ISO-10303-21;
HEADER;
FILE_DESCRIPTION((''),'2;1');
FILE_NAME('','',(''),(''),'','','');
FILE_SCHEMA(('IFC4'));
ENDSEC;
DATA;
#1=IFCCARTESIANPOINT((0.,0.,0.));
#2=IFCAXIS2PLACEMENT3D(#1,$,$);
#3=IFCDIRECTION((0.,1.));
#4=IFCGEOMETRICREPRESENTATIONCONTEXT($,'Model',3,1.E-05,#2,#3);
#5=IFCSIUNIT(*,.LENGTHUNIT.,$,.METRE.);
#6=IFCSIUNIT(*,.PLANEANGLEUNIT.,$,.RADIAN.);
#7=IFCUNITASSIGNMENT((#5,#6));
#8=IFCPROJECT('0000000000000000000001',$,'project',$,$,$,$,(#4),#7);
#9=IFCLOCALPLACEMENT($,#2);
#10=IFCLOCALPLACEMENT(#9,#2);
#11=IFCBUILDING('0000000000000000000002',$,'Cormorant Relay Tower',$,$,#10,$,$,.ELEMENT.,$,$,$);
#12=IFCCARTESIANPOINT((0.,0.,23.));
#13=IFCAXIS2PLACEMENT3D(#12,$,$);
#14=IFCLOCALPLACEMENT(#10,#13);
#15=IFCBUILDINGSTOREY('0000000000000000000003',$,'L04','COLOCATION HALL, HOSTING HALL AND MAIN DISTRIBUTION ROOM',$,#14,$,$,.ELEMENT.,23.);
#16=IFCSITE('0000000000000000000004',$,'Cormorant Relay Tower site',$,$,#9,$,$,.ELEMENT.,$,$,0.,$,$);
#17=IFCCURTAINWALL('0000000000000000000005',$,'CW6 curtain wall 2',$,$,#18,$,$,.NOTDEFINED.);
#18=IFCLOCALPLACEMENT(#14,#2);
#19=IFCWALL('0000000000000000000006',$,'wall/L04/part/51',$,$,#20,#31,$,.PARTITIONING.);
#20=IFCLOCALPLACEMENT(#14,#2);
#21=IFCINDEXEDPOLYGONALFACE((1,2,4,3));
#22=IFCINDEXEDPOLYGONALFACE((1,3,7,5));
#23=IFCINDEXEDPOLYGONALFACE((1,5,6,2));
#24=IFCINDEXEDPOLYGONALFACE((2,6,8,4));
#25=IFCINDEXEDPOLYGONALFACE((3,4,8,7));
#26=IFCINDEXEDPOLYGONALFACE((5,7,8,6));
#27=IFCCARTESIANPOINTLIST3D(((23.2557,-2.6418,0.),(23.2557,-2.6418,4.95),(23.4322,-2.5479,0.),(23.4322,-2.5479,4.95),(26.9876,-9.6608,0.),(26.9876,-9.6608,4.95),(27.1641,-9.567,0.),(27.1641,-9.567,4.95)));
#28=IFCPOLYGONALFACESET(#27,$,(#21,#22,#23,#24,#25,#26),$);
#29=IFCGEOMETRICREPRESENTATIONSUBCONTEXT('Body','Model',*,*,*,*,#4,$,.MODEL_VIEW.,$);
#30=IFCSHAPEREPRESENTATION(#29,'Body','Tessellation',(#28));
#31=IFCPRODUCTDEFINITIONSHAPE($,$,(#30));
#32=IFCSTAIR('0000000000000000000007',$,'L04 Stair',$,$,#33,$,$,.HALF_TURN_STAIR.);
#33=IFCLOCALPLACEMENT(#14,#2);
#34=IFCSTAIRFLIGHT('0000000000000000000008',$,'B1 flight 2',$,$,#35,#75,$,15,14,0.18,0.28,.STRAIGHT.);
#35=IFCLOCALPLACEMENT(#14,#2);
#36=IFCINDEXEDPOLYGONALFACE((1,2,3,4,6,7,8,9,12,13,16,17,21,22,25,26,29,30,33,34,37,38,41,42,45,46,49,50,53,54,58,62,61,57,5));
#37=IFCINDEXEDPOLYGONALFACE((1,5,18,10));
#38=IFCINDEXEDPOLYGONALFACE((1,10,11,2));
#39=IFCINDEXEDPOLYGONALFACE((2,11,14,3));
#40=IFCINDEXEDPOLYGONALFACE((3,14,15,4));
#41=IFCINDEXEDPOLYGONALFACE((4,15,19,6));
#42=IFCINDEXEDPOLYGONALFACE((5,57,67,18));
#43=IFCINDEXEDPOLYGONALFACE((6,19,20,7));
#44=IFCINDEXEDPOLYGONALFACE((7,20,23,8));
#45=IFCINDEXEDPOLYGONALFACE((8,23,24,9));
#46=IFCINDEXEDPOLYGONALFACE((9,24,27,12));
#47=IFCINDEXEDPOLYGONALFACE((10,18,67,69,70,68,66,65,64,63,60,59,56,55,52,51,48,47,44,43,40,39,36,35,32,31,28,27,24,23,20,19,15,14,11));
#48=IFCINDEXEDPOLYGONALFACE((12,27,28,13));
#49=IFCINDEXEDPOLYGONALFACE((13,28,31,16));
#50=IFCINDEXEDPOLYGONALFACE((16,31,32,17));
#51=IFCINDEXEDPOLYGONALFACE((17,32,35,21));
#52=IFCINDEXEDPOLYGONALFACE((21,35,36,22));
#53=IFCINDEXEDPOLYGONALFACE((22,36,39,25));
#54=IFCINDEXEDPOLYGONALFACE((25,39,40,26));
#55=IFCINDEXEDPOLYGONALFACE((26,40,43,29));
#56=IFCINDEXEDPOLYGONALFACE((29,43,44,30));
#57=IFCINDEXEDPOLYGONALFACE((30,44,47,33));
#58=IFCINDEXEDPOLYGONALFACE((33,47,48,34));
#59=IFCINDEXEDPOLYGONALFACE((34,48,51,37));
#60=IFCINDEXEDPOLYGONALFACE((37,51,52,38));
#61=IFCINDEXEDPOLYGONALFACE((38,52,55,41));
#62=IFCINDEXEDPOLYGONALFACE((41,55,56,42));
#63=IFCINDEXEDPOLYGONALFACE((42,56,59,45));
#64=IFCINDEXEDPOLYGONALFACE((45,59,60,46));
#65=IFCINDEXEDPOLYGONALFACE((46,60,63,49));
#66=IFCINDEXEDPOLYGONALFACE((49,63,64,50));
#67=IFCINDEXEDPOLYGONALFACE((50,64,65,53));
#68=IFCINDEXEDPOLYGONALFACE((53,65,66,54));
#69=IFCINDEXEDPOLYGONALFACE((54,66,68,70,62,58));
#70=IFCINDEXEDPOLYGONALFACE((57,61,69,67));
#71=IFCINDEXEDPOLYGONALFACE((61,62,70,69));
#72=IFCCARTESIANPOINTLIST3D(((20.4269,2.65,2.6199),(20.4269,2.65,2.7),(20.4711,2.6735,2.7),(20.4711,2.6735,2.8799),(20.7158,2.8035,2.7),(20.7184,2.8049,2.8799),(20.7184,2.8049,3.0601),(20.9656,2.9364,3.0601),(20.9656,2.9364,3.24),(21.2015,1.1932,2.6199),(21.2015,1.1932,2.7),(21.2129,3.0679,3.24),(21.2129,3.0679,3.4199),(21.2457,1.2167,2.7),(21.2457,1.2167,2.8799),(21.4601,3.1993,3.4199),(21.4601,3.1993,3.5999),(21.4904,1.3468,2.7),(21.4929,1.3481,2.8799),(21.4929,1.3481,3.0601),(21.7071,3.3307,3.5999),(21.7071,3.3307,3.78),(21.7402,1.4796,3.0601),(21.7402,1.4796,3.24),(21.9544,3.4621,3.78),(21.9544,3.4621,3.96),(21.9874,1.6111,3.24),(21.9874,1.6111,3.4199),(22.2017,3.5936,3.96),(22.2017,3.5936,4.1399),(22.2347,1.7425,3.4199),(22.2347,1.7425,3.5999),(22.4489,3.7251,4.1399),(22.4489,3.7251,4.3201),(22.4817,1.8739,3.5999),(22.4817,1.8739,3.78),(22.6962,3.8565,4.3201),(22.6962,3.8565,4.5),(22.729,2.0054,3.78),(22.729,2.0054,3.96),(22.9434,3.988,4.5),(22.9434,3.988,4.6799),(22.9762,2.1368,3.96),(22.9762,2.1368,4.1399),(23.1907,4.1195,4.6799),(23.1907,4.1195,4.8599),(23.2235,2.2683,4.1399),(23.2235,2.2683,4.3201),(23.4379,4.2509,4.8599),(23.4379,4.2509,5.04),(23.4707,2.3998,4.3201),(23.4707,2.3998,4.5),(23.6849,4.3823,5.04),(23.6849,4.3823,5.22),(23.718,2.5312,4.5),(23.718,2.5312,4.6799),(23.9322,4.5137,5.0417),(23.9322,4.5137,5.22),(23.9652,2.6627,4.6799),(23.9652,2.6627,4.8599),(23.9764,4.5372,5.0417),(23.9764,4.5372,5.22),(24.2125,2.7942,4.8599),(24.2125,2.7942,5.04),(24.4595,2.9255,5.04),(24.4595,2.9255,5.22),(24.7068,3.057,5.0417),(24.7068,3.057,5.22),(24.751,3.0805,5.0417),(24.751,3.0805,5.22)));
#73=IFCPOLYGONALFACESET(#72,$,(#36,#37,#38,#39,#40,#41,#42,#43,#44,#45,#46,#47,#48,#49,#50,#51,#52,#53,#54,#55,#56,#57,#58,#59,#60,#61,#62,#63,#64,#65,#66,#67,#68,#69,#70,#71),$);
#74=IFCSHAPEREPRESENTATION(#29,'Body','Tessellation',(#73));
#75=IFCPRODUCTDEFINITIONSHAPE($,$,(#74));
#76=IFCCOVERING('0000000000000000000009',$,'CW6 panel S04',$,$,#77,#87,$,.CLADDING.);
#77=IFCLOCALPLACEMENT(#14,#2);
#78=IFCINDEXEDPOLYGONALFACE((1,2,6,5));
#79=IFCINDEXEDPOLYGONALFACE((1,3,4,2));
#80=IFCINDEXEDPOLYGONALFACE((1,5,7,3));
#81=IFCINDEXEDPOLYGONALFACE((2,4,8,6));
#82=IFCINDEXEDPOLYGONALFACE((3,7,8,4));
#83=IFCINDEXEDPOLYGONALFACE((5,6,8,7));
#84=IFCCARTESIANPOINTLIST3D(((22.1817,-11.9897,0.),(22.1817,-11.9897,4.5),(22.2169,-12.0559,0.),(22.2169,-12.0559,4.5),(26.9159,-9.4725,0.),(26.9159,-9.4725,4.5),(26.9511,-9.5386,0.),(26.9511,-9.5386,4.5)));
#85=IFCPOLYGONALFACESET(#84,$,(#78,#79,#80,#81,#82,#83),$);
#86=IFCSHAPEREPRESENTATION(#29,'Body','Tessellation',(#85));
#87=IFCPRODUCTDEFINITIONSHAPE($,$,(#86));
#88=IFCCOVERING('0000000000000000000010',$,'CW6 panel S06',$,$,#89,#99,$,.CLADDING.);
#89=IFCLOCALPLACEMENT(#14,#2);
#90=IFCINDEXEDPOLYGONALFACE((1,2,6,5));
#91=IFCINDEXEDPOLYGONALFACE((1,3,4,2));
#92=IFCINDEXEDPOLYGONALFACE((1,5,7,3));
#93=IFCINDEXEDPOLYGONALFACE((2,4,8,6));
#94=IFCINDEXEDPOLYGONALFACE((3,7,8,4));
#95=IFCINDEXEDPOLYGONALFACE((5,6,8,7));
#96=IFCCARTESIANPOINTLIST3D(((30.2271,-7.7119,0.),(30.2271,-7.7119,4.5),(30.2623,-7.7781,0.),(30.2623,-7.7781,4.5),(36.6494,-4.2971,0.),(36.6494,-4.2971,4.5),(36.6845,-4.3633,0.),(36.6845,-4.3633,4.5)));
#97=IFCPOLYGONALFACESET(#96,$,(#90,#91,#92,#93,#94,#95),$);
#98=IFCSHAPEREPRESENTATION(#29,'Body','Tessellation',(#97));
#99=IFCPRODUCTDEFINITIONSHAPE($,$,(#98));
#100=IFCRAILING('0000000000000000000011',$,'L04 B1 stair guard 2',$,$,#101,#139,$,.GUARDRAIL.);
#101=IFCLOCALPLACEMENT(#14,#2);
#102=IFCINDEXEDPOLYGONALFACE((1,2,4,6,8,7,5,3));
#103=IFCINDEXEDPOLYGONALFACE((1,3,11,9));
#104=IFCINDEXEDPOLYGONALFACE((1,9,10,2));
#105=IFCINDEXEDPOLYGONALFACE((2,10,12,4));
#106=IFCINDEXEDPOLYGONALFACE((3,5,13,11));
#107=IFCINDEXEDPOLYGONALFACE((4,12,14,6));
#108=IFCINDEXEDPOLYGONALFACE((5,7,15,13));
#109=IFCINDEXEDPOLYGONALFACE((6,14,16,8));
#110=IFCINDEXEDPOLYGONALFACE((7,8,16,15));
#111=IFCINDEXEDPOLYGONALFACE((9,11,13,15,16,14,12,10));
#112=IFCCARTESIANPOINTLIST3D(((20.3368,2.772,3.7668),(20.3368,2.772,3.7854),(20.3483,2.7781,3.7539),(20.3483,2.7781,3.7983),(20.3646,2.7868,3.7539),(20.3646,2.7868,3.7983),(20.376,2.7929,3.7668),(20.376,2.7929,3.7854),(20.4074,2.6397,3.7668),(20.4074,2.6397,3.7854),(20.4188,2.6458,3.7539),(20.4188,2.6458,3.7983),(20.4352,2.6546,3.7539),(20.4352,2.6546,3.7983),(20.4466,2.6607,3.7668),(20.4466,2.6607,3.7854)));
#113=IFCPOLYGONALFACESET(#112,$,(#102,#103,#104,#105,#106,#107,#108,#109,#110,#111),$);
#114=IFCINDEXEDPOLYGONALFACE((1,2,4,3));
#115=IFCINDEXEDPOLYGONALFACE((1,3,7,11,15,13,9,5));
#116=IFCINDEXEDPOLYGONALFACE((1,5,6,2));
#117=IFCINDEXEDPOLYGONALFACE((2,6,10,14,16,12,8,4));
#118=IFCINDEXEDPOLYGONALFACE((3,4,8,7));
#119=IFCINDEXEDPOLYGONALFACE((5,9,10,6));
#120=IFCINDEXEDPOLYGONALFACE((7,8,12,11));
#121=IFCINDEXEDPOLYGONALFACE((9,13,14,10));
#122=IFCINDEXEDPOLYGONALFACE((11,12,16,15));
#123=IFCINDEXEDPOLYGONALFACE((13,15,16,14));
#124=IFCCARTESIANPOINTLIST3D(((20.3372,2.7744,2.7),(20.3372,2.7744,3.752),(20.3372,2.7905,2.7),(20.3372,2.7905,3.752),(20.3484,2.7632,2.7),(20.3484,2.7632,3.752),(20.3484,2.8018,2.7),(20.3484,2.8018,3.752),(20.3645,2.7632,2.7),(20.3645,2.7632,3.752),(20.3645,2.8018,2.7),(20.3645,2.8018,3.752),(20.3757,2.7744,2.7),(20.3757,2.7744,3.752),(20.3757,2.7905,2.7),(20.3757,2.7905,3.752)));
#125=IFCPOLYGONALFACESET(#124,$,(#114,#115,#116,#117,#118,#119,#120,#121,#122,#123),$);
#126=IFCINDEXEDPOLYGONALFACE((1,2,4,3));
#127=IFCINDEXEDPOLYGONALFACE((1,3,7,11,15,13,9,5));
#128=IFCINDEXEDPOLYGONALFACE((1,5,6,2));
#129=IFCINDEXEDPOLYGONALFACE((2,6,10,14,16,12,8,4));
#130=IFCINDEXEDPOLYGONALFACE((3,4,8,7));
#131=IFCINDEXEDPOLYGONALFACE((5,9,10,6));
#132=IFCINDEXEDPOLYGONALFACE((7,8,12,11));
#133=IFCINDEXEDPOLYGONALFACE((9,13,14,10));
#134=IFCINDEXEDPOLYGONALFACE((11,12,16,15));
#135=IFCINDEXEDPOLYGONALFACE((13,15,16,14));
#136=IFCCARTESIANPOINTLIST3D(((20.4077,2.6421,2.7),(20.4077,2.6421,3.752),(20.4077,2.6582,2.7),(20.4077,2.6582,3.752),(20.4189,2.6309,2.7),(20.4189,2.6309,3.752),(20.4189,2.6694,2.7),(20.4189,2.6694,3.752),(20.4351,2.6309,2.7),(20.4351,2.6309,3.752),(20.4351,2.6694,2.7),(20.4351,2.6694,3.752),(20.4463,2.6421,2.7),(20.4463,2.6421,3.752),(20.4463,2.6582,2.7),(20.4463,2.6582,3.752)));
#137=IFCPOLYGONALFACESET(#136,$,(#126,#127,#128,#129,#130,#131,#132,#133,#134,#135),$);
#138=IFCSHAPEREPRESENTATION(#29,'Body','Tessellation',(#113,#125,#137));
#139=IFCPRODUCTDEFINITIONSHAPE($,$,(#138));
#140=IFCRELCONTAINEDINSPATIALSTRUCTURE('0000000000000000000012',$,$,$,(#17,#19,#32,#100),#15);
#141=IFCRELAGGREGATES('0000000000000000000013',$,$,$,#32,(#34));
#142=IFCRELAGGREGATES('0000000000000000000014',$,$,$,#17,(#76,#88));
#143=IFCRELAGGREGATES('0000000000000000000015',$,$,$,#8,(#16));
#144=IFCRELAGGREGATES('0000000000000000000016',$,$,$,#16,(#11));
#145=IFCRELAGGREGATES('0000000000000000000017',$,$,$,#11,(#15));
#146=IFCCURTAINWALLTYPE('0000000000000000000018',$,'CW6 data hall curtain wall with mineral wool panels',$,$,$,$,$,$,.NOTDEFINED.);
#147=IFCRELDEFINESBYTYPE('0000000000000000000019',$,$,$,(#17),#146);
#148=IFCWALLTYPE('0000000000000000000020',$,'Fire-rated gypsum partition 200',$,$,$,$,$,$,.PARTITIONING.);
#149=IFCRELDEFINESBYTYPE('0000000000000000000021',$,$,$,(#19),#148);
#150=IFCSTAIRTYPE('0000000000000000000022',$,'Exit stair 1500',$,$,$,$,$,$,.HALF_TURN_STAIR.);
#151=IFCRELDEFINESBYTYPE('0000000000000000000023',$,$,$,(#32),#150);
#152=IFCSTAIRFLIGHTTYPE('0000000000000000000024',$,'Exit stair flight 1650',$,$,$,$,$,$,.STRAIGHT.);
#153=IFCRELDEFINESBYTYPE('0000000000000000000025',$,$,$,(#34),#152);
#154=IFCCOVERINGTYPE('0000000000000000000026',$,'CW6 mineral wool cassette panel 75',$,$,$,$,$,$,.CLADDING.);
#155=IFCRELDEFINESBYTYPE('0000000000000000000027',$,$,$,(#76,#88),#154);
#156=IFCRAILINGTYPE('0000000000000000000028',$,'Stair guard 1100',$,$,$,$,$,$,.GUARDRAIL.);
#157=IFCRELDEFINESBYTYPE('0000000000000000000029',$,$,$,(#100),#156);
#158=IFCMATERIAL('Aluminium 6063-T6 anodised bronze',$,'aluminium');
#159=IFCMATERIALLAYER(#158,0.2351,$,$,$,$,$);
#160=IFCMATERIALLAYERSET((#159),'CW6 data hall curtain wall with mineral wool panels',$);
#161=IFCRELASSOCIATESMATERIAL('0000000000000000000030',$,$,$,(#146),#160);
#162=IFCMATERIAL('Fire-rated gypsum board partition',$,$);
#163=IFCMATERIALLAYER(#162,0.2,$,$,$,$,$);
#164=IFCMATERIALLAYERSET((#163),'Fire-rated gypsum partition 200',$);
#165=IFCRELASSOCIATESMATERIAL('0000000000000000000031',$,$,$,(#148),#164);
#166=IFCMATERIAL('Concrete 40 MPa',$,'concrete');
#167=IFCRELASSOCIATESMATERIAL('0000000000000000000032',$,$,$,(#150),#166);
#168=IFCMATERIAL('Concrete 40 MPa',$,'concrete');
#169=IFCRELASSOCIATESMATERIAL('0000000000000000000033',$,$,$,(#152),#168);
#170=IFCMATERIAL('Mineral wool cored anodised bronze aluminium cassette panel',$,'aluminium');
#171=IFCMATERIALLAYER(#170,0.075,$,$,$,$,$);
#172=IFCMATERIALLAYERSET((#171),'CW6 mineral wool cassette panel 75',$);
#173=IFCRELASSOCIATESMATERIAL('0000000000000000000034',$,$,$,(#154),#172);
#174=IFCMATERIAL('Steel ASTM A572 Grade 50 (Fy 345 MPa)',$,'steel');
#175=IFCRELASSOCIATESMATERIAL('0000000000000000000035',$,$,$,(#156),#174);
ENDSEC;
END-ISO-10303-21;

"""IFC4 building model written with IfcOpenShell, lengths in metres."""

from ifc_helpers import new_model, si_unit, direction, frame, frame_2d, origin, origin_2d, place, context, subcontext, project, spatial, polyline, rectangle, outline, extrude, material, layer, layer_set, type_object, element, aggregate, save


model = new_model("IFC4")

# Units and contexts
model_context = context("Model", 3, precision=1e-05, world=origin(), true_north=direction((0.0, 1.0)))
body_context = subcontext(model_context, "Body", "Model", "MODEL_VIEW")
ifc_project = project(units=[si_unit("LENGTHUNIT", "METRE"), si_unit("PLANEANGLEUNIT", "RADIAN")], contexts=[model_context])

# Site, building, storey
site_placement = place(None, origin())
site = spatial("IfcSite", under=ifc_project, at=site_placement, Name="Cormorant Relay Tower site", CompositionType="ELEMENT", RefElevation=0.0)
building_placement = place(site_placement, origin())
building = spatial("IfcBuilding", under=site, at=building_placement, Name="Cormorant Relay Tower", CompositionType="ELEMENT")
storey_placement = place(building_placement, frame((0.0, 0.0, 23.0)))
storey = spatial("IfcBuildingStorey", under=building, at=storey_placement, Name="L04", Description="COLOCATION HALL, HOSTING HALL AND MAIN DISTRIBUTION ROOM", CompositionType="ELEMENT", Elevation=23.0)

# Curtain wall
ifc_material_1 = material(Name="Aluminium 6063-T6 anodised bronze", Category="aluminium")
ifc_layer_1 = layer(ifc_material_1, 0.2351)
ifc_layer_set_1 = layer_set([ifc_layer_1], Name="CW6 data hall curtain wall with mineral wool panels")
curtain_wall_type = type_object("IfcCurtainWallType", Name="CW6 data hall curtain wall with mineral wool panels", PredefinedType="NOTDEFINED", material=ifc_layer_set_1)
curtain_wall_placement = place(storey_placement, origin())
curtain_wall = element("IfcCurtainWall", 1, at=curtain_wall_placement, inside=storey, type_object=curtain_wall_type, Name="CW6 curtain wall 2", PredefinedType="NOTDEFINED")

# Wall
ifc_material_2 = material(Name="Fire-rated gypsum board partition")
ifc_layer_2 = layer(ifc_material_2, 0.2)
ifc_layer_set_2 = layer_set([ifc_layer_2], Name="Fire-rated gypsum partition 200")
wall_type_1 = type_object("IfcWallType", Name="Fire-rated gypsum partition 200", PredefinedType="PARTITIONING", material=ifc_layer_set_2)
wall_1_placement = place(storey_placement, frame((23.344, -2.595, 0.0), z_axis=(0.0, 0.0, 1.0), x_axis=(0.469456, -0.882956, 0.0)))
element("IfcWall", 2, at=wall_1_placement, inside=storey, type_object=wall_type_1, Name="wall/L04/part/51", PredefinedType="PARTITIONING", context=body_context, shape_type="SweptSolid", body=[
    extrude(rectangle(XDim=7.9495, YDim=0.2, at=frame_2d((3.9746, 0.0))), origin(), (0.0, 0.0, 1.0), 4.95),
])

# Stair, stair flight
ifc_material_3 = material(Name="Concrete 40 MPa", Category="concrete")
stair_type = type_object("IfcStairType", Name="Exit stair 1500", PredefinedType="HALF_TURN_STAIR", material=ifc_material_3)
stair_placement = place(storey_placement, origin())
stair = element("IfcStair", 3, at=stair_placement, inside=storey, type_object=stair_type, Name="L04 Stair", PredefinedType="HALF_TURN_STAIR")
ifc_material_4 = material(Name="Concrete 40 MPa", Category="concrete")
stair_flight_type = type_object("IfcStairFlightType", Name="Exit stair flight 1650", PredefinedType="STRAIGHT", material=ifc_material_4)
stair_flight_placement = place(storey_placement, frame((20.8584, 1.9451, 2.7), z_axis=(0.0, 0.0, 1.0), x_axis=(0.882948, 0.469472, 0.0)))
stair_flight = element("IfcStairFlight", 4, at=stair_flight_placement, type_object=stair_flight_type, Name="B1 flight 2", NumberOfRisers=15, NumberOfTreads=14, PredefinedType="STRAIGHT", RiserHeight=0.18, TreadLength=0.28, context=body_context, shape_type="SweptSolid", body=[
    extrude(outline(polyline([(-0.05, -0.0801), (-0.05, 0.0), (0.0, 0.0), (0.0, 0.1799), (0.28, 0.1799), (0.28, 0.3601), (0.5601, 0.3601), (0.5601, 0.54), (0.8401, 0.54), (0.8401, 0.72), (1.1201, 0.72), (1.1201, 0.8999), (1.3999, 0.8999), (1.3999, 1.0801), (1.6799, 1.0801), (1.6799, 1.26), (1.96, 1.26), (1.96, 1.4399), (2.24, 1.4399), (2.24, 1.6201), (2.52, 1.6201), (2.52, 1.8), (2.8, 1.8), (2.8, 1.98), (3.0801, 1.98), (3.0801, 2.1599), (3.3601, 2.1599), (3.3601, 2.3401), (3.6399, 2.3401), (3.6399, 2.52), (3.9199, 2.52), (3.97, 2.52), (3.97, 2.3418), (3.9199, 2.3418), (0.2771, 0.0), (-0.05, -0.0801)])), frame((0.0, 0.825, 0.0), z_axis=(0.0, -1.0, 0.0), x_axis=(1.0, 0.0, 0.0)), (0.0, 0.0, 1.0), 1.6499),
])
aggregate(stair, [stair_flight])

# Coverings
ifc_material_5 = material(Name="Mineral wool cored anodised bronze aluminium cassette panel", Category="aluminium")
ifc_layer_3 = layer(ifc_material_5, 0.075)
ifc_layer_set_3 = layer_set([ifc_layer_3], Name="CW6 mineral wool cassette panel 75")
covering_type = type_object("IfcCoveringType", Name="CW6 mineral wool cassette panel 75", PredefinedType="CLADDING", material=ifc_layer_set_3)
covering_1_placement = place(storey_placement, frame((24.5664, -10.7642, 0.0), z_axis=(0.0, 0.0, 1.0), x_axis=(0.882948, 0.469472, 0.0)))
covering_1 = element("IfcCovering", 5, at=covering_1_placement, type_object=covering_type, Name="CW6 panel S04", PredefinedType="CLADDING", context=body_context, shape_type="SweptSolid", body=[
    extrude(rectangle(XDim=5.3618, YDim=0.075, at=origin_2d()), origin(), (0.0, 0.0, 1.0), 4.5),
])
covering_2_placement = place(storey_placement, frame((33.4558, -6.0376, 0.0), z_axis=(0.0, 0.0, 1.0), x_axis=(0.882948, 0.469472, 0.0)))
covering_2 = element("IfcCovering", 6, at=covering_2_placement, type_object=covering_type, Name="CW6 panel S06", PredefinedType="CLADDING", context=body_context, shape_type="SweptSolid", body=[
    extrude(rectangle(XDim=7.2737, YDim=0.075, at=origin_2d()), origin(), (0.0, 0.0, 1.0), 4.5),
])
aggregate(curtain_wall, [covering_1, covering_2])

# Railing
ifc_material_6 = material(Name="Steel ASTM A572 Grade 50 (Fy 345 MPa)", Category="steel")
railing_type_1 = type_object("IfcRailingType", Name="Stair guard 1100", PredefinedType="GUARDRAIL", material=ifc_material_6)
railing_1_placement = place(storey_placement, frame((20.3564, 2.7825, 2.7)))
element("IfcRailing", 7, at=railing_1_placement, inside=storey, type_object=railing_type_1, Name="L04 B1 stair guard 2", PredefinedType="GUARDRAIL", context=body_context, shape_type="SweptSolid", body=[
    extrude(outline(polyline([(0.0222, 0.0093), (0.0093, 0.0222), (-0.0093, 0.0222), (-0.0222, 0.0093), (-0.0222, -0.0093), (-0.0093, -0.0222), (0.0093, -0.0222), (0.0222, -0.0093), (0.0222, 0.0093)])), frame((0.0, 0.0, 1.0762), z_axis=(0.470504, -0.882398, 0.0), x_axis=(0.882398, 0.470504, 0.0)), (0.0, 0.0, 1.0), 0.1499),
    extrude(outline(polyline([(0.0193, 0.0081), (0.0081, 0.0193), (-0.0081, 0.0193), (-0.0193, 0.0081), (-0.0193, -0.0081), (-0.0081, -0.0193), (0.0081, -0.0193), (0.0193, -0.0081), (0.0193, 0.0081)])), origin(), (0.0, 0.0, 1.0), 1.052),
    extrude(outline(polyline([(0.0193, 0.0081), (0.0081, 0.0193), (-0.0081, 0.0193), (-0.0193, 0.0081), (-0.0193, -0.0081), (-0.0081, -0.0193), (0.0081, -0.0193), (0.0193, -0.0081), (0.0193, 0.0081)])), frame((0.0706, -0.1323, 0.0)), (0.0, 0.0, 1.0), 1.052),
])

save(model, "model.ifc")
